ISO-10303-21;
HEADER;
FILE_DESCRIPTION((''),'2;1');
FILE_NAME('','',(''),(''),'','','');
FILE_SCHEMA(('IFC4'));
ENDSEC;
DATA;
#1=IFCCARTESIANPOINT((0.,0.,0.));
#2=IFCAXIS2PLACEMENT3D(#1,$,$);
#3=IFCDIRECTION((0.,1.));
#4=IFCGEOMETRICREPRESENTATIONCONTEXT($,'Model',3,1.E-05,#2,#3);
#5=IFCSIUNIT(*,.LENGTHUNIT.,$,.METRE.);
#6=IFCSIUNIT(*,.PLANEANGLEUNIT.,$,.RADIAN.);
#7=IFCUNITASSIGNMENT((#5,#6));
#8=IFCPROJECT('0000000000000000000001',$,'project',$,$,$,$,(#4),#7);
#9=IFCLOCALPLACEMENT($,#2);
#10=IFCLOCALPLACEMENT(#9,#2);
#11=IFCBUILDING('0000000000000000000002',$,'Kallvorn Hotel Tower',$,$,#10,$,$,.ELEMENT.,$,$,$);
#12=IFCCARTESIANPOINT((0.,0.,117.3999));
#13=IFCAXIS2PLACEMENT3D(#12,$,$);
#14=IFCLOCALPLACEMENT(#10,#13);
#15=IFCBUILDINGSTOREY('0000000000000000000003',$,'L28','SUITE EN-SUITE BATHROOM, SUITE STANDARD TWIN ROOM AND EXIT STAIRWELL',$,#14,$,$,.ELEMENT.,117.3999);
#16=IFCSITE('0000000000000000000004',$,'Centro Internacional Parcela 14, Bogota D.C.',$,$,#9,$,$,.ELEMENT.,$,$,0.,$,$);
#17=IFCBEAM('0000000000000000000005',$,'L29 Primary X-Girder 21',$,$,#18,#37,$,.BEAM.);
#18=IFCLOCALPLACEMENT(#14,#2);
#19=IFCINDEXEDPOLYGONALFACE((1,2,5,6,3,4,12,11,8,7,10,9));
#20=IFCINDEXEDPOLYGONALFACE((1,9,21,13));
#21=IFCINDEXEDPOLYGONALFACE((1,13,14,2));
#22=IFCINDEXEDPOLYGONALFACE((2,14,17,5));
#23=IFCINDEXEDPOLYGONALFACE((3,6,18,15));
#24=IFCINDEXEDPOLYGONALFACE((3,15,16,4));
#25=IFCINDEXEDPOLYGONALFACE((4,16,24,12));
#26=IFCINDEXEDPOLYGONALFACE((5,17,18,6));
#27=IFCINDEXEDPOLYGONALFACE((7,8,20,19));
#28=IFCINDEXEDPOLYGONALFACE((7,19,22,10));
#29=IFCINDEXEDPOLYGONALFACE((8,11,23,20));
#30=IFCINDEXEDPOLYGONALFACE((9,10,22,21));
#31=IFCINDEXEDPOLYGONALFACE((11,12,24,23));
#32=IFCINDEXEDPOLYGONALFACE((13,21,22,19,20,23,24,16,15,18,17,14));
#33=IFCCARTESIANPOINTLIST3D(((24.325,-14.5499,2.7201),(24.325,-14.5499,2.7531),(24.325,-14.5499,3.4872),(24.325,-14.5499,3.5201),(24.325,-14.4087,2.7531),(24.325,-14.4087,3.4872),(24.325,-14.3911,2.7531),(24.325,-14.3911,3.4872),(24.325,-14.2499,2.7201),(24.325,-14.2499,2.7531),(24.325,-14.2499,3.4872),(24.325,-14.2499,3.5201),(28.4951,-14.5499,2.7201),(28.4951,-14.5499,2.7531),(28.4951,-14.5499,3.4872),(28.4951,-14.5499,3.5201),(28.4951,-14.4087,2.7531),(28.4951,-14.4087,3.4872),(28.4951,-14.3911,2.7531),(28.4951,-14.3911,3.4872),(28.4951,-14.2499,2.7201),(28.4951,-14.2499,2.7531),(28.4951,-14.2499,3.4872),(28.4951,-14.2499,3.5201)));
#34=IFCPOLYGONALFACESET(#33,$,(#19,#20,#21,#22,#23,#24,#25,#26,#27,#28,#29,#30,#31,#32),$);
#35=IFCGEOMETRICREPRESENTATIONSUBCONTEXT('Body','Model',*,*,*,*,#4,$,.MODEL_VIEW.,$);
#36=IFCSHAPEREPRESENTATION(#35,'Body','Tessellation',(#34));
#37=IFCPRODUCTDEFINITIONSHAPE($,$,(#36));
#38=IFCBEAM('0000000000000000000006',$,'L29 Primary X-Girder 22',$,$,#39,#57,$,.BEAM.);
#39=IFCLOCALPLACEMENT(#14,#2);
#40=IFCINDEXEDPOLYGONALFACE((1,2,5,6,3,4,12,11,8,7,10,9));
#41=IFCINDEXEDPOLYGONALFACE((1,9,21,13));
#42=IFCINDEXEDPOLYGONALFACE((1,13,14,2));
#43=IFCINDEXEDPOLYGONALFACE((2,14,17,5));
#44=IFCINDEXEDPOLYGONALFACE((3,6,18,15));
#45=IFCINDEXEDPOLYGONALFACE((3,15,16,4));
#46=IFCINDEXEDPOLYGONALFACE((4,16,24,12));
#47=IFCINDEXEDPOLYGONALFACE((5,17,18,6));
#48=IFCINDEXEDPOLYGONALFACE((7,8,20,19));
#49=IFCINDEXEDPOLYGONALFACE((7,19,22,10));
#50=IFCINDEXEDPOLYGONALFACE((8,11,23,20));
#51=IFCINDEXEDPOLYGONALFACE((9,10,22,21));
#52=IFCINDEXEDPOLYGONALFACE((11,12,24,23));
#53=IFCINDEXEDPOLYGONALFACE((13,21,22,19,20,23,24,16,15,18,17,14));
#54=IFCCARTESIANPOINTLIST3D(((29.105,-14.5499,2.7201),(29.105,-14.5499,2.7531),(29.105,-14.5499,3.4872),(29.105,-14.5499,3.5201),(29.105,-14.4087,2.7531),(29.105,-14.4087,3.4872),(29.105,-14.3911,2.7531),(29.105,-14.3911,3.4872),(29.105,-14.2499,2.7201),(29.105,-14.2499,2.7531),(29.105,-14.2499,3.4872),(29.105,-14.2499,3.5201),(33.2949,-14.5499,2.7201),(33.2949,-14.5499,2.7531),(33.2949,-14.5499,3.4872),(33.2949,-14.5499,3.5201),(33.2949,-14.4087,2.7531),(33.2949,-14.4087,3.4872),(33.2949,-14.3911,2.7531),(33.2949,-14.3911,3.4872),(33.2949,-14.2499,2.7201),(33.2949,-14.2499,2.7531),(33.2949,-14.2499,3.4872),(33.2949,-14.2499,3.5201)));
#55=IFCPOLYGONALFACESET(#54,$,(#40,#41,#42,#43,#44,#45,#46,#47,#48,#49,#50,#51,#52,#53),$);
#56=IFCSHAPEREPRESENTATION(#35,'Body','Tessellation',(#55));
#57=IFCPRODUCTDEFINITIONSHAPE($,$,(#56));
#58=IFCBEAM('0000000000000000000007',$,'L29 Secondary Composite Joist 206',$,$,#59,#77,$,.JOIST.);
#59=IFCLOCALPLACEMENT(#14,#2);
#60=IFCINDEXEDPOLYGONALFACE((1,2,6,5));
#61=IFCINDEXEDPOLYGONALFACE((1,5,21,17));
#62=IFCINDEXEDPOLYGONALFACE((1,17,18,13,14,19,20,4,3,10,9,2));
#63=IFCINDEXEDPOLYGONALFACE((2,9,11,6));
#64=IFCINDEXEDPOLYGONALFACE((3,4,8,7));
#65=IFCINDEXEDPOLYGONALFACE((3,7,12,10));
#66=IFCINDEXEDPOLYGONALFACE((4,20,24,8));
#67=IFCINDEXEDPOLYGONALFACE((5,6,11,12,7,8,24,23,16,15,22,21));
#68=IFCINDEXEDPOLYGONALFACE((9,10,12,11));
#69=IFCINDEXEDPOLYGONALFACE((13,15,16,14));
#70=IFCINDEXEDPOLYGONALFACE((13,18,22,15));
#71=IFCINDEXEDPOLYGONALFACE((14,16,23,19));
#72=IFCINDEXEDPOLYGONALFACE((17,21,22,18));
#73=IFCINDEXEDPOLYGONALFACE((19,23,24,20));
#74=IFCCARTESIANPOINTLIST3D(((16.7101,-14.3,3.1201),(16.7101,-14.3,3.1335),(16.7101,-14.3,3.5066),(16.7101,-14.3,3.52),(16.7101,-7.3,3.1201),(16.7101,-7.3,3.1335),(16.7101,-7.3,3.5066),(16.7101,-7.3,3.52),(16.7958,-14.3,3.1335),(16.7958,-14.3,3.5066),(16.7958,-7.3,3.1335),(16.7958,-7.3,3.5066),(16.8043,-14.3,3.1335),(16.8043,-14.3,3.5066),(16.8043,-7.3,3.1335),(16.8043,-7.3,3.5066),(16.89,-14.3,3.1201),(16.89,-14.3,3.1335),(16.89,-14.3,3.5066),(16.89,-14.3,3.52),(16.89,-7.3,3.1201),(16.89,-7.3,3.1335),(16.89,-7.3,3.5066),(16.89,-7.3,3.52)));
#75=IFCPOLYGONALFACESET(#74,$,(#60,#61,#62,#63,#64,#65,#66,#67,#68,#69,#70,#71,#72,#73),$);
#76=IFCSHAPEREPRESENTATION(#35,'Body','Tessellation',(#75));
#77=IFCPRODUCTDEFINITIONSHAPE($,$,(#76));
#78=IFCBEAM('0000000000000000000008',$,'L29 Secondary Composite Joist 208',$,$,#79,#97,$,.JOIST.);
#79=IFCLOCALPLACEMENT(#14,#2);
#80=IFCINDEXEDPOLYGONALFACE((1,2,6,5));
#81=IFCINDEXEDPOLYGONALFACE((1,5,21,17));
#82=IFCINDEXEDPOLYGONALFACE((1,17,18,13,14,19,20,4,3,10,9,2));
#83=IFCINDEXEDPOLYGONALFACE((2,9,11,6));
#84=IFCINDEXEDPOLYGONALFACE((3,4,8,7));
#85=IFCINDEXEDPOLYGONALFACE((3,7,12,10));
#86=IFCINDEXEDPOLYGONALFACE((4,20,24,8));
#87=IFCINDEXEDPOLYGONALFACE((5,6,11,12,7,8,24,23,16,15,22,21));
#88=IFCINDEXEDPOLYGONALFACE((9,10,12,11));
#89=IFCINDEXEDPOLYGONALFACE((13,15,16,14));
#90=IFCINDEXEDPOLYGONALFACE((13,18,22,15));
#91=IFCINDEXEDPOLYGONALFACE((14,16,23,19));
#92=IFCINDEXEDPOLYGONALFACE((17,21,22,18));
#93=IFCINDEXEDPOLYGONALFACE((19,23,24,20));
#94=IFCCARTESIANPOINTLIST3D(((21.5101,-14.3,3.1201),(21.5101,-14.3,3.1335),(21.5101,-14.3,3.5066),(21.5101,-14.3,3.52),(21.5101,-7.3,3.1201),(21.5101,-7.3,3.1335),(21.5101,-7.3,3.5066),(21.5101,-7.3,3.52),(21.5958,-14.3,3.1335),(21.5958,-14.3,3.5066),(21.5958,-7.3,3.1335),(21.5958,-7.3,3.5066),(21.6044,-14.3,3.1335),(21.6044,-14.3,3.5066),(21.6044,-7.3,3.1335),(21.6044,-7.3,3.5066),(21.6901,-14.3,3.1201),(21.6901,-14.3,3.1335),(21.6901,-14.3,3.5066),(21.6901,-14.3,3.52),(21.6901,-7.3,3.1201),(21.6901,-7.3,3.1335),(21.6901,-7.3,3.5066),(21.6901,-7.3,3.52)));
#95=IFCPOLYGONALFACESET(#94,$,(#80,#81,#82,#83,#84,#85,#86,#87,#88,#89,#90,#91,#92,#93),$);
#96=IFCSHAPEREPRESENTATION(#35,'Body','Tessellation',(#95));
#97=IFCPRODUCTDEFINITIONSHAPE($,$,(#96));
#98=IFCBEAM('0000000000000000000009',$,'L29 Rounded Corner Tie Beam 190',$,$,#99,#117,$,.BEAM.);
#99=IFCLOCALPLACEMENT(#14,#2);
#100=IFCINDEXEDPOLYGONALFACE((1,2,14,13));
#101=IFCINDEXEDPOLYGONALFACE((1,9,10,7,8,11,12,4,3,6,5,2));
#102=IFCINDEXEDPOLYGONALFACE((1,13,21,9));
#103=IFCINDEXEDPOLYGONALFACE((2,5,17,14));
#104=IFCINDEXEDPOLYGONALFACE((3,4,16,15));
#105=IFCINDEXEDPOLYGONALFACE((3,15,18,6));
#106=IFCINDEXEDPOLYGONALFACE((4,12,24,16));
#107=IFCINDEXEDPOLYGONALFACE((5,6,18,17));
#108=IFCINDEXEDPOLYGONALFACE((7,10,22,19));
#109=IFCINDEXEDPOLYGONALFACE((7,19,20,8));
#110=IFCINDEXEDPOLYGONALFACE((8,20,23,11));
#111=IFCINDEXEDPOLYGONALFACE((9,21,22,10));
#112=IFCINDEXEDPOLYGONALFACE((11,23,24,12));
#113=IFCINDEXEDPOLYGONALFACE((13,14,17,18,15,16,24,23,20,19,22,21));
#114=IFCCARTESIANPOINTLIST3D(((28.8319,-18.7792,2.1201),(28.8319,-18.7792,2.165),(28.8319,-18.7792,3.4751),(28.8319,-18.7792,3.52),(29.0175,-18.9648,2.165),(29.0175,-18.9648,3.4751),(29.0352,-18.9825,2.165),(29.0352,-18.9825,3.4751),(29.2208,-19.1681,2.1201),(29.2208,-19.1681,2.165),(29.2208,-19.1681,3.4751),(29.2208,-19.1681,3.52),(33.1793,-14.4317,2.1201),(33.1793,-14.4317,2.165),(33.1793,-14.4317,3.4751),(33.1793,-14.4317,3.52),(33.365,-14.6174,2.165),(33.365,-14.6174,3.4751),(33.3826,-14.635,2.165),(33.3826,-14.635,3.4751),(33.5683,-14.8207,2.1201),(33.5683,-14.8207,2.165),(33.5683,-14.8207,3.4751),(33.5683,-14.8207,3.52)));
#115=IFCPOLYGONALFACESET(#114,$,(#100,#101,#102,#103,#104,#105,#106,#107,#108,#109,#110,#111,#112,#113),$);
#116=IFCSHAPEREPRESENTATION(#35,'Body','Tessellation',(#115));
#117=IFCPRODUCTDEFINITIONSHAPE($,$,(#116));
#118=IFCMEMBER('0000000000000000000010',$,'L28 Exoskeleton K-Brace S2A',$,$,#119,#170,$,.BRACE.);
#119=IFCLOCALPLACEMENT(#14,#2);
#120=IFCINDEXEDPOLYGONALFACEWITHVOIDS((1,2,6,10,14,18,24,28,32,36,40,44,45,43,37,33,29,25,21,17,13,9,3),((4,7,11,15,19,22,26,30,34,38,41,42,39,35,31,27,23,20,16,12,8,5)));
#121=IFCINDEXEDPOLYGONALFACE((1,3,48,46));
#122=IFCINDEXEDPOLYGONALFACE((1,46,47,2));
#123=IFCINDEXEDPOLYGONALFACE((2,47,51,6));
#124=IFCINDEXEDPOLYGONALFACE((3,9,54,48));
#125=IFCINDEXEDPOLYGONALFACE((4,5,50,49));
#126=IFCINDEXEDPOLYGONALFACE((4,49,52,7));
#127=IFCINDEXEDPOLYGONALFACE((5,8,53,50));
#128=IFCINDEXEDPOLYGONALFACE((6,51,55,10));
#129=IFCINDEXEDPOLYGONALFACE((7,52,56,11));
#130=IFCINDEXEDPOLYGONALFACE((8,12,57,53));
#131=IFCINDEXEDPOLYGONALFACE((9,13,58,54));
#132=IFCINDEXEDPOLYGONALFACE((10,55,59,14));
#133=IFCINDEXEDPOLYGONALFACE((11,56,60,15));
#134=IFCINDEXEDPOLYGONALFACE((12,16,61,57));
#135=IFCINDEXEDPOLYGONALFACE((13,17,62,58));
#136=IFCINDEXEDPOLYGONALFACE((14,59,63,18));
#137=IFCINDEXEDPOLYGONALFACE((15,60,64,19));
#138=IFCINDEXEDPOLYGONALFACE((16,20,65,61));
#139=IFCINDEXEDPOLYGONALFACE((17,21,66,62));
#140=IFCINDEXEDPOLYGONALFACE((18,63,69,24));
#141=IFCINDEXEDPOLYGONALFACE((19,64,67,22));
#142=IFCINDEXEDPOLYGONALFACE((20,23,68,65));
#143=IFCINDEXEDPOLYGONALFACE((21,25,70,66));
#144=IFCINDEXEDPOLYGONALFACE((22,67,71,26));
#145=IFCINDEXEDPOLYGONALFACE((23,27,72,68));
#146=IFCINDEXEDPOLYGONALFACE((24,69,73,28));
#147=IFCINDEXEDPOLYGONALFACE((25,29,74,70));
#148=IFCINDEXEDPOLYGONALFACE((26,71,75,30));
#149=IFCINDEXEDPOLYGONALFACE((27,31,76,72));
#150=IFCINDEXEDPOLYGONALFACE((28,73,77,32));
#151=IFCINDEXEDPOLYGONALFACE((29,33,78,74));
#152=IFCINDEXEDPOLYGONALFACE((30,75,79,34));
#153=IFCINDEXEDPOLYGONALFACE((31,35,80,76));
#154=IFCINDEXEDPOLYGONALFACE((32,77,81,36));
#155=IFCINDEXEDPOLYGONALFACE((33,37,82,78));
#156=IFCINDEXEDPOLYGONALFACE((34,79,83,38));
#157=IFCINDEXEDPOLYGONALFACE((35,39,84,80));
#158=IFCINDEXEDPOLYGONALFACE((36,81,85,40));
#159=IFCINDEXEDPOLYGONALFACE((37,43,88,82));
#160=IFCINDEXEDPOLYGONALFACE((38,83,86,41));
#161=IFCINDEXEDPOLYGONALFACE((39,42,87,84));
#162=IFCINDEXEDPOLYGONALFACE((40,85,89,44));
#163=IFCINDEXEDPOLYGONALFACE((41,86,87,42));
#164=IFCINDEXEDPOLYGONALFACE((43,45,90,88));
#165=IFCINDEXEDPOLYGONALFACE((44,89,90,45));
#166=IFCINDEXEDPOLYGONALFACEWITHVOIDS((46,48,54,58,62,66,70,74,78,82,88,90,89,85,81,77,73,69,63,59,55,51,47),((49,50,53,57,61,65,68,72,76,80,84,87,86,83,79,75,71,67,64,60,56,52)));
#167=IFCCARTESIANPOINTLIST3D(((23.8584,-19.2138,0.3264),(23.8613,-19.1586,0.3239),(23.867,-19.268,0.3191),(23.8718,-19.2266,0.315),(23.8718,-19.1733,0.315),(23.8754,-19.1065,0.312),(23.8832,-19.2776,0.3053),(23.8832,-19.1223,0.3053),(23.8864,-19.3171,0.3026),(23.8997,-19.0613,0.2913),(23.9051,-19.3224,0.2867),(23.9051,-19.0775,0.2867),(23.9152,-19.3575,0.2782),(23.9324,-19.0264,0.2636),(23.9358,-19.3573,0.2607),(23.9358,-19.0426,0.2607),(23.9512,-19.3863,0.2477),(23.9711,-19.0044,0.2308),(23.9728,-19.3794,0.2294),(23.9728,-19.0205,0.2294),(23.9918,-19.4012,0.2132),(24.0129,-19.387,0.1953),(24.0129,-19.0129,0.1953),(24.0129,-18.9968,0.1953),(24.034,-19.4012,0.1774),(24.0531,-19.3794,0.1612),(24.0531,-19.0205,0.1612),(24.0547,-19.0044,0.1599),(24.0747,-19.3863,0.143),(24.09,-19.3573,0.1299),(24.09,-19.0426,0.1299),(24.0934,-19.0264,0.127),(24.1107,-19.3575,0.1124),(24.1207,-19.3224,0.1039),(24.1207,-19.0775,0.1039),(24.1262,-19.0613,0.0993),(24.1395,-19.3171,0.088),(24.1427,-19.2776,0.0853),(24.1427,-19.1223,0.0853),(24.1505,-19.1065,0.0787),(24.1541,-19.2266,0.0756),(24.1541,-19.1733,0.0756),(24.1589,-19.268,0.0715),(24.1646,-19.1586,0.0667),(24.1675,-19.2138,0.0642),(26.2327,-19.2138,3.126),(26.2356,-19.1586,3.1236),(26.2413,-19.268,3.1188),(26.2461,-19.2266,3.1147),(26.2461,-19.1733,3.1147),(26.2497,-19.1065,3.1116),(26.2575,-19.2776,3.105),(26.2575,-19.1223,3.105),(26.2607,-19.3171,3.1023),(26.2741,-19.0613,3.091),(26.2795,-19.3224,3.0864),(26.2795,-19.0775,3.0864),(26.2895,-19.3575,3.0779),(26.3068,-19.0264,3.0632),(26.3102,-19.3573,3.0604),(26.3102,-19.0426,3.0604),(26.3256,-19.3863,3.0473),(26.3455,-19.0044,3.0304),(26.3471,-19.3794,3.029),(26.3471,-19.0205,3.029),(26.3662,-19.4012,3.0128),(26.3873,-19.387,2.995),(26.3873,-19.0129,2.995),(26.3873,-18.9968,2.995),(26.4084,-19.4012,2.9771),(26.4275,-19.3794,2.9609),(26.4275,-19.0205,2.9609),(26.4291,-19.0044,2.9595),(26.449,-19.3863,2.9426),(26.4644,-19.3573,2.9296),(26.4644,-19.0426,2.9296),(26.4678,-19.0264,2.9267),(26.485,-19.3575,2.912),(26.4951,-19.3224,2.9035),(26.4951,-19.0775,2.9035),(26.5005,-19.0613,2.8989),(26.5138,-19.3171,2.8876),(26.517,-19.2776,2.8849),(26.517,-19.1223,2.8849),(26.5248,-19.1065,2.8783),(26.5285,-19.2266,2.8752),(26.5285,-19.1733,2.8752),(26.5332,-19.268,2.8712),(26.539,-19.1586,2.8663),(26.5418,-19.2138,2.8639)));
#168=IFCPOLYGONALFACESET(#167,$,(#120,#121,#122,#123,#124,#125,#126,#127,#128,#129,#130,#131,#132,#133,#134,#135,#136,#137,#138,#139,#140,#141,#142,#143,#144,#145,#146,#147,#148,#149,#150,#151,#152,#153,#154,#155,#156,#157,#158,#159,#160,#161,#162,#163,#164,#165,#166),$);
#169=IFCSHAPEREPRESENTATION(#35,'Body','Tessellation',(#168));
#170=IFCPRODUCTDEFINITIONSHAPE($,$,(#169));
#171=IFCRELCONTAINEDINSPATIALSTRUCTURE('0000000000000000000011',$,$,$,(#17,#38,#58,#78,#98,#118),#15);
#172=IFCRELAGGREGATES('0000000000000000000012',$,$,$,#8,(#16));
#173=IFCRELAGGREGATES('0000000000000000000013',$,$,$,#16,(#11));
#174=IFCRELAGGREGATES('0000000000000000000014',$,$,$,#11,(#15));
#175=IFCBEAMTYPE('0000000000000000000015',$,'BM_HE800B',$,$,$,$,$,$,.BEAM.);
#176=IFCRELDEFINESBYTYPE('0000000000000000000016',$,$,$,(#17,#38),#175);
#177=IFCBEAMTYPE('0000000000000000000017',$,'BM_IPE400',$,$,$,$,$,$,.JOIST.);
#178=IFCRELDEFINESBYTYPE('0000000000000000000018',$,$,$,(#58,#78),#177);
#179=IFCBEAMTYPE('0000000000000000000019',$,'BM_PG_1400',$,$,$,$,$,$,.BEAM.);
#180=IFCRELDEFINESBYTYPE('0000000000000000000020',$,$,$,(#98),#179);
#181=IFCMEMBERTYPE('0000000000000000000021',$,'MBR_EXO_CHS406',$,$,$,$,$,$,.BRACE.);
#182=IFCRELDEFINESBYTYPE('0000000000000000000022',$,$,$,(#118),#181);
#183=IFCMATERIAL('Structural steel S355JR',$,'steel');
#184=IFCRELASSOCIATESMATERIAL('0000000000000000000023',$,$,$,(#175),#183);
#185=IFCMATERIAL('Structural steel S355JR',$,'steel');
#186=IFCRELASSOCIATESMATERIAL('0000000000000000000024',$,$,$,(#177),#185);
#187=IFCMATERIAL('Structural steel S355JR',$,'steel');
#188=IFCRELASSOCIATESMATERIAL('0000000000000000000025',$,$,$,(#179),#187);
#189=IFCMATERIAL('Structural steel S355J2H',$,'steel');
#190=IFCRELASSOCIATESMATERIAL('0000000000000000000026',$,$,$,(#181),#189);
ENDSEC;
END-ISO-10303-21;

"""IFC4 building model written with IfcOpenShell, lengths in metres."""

from ifc_helpers import new_model, si_unit, direction, frame, origin, origin_2d, place, context, subcontext, project, spatial, hollow_circle, i_section, extrude, material, material_profile, profile_set, type_object, element, save


model = new_model("IFC4")

# Units and contexts
model_context = context("Model", 3, precision=1e-05, world=origin(), true_north=direction((0.0, 1.0)))
body_context = subcontext(model_context, "Body", "Model", "MODEL_VIEW")
ifc_project = project(units=[si_unit("LENGTHUNIT", "METRE"), si_unit("PLANEANGLEUNIT", "RADIAN")], contexts=[model_context])

# Site, building, storey
site_placement = place(None, origin())
site = spatial("IfcSite", under=ifc_project, at=site_placement, Name="Centro Internacional Parcela 14, Bogota D.C.", CompositionType="ELEMENT", RefElevation=0.0)
building_placement = place(site_placement, origin())
building = spatial("IfcBuilding", under=site, at=building_placement, Name="Kallvorn Hotel Tower", CompositionType="ELEMENT")
storey_placement = place(building_placement, frame((0.0, 0.0, 117.3999)))
storey = spatial("IfcBuildingStorey", under=building, at=storey_placement, Name="L28", Description="SUITE EN-SUITE BATHROOM, SUITE STANDARD TWIN ROOM AND EXIT STAIRWELL", CompositionType="ELEMENT", Elevation=117.3999)

# Beams
ifc_material_1 = material(Name="Structural steel S355JR", Category="steel")
ifc_material_profile_1 = material_profile(ifc_material_1, i_section(OverallWidth=0.3, OverallDepth=0.8, WebThickness=0.0176, FlangeThickness=0.033, at=origin_2d()), Name="HE 800 B")
ifc_profile_set_1 = profile_set([ifc_material_profile_1], Name="Structural steel S355JR")
beam_type_1 = type_object("IfcBeamType", Name="BM_HE800B", PredefinedType="BEAM", material=ifc_profile_set_1)
for number, where, z_axis, x_axis, name in (
    (1, (24.325, -14.3999, 3.1201), (1.0, 0.0, 0.0), (0.0, 1.0, 0.0), "L29 Primary X-Girder 21"),
):
    element("IfcBeam", number, at=place(storey_placement, frame(where, z_axis=z_axis, x_axis=x_axis)), inside=storey, type_object=beam_type_1, Name=name, PredefinedType="BEAM", context=body_context, shape_type="SweptSolid", body=[
        extrude(i_section(OverallWidth=0.3, OverallDepth=0.8, WebThickness=0.0176, FlangeThickness=0.033, at=origin_2d()), origin(), (0.0, 0.0, 1.0), 4.1702),
    ])
beam_1_placement = place(storey_placement, frame((29.105, -14.3999, 3.1201), z_axis=(1.0, 0.0, 0.0), x_axis=(0.0, 1.0, 0.0)))
element("IfcBeam", 2, at=beam_1_placement, inside=storey, type_object=beam_type_1, Name="L29 Primary X-Girder 22", PredefinedType="BEAM", context=body_context, shape_type="SweptSolid", body=[
    extrude(i_section(OverallWidth=0.3, OverallDepth=0.8, WebThickness=0.0176, FlangeThickness=0.033, at=origin_2d()), origin(), (0.0, 0.0, 1.0), 4.1899),
])
ifc_material_2 = material(Name="Structural steel S355JR", Category="steel")
ifc_material_profile_2 = material_profile(ifc_material_2, i_section(OverallWidth=0.1799, OverallDepth=0.3999, WebThickness=0.0085, FlangeThickness=0.0134, at=origin_2d()), Name="IPE 400")
ifc_profile_set_2 = profile_set([ifc_material_profile_2], Name="Structural steel S355JR")
beam_type_2 = type_object("IfcBeamType", Name="BM_IPE400", PredefinedType="JOIST", material=ifc_profile_set_2)
for number, where, z_axis, x_axis, name in (
    (3, (16.8, -14.3, 3.3201), (0.0, 1.0, 0.0), (-1.0, 0.0, 0.0), "L29 Secondary Composite Joist 206"),
    (4, (21.6001, -14.3, 3.3201), (0.0, 1.0, 0.0), (-1.0, 0.0, 0.0), "L29 Secondary Composite Joist 208"),
):
    element("IfcBeam", number, at=place(storey_placement, frame(where, z_axis=z_axis, x_axis=x_axis)), inside=storey, type_object=beam_type_2, Name=name, PredefinedType="JOIST", context=body_context, shape_type="SweptSolid", body=[
        extrude(i_section(OverallWidth=0.1799, OverallDepth=0.3999, WebThickness=0.0085, FlangeThickness=0.0134, at=origin_2d()), origin(), (0.0, 0.0, 1.0), 7.0),
    ])
ifc_material_3 = material(Name="Structural steel S355JR", Category="steel")
ifc_material_profile_3 = material_profile(ifc_material_3, i_section(OverallWidth=0.55, OverallDepth=1.3999, WebThickness=0.0249, FlangeThickness=0.0449, at=origin_2d()), Name="PG 1400x550x25x45")
ifc_profile_set_3 = profile_set([ifc_material_profile_3], Name="Structural steel S355JR")
beam_type_3 = type_object("IfcBeamType", Name="BM_PG_1400", PredefinedType="BEAM", material=ifc_profile_set_3)
beam_2_placement = place(storey_placement, frame((33.3738, -14.6262, 2.8201), z_axis=(-0.707107, -0.707107, 0.0), x_axis=(0.707107, -0.707107, 0.0)))
element("IfcBeam", 5, at=beam_2_placement, inside=storey, type_object=beam_type_3, Name="L29 Rounded Corner Tie Beam 190", PredefinedType="BEAM", context=body_context, shape_type="SweptSolid", body=[
    extrude(i_section(OverallWidth=0.55, OverallDepth=1.3999, WebThickness=0.0249, FlangeThickness=0.0449, at=origin_2d()), origin(), (0.0, 0.0, 1.0), 6.1482),
])

# Member
ifc_material_4 = material(Name="Structural steel S355J2H", Category="steel")
ifc_material_profile_4 = material_profile(ifc_material_4, hollow_circle(Radius=0.2031, WallThickness=0.0161, at=origin_2d()), Name="CHS 406.4x16")
ifc_profile_set_4 = profile_set([ifc_material_profile_4], Name="Structural steel S355J2H")
member_type = type_object("IfcMemberType", Name="MBR_EXO_CHS406", PredefinedType="BRACE", material=ifc_profile_set_4)
for number, where, z_axis, x_axis, name in (
    (6, (24.0129, -19.2, 0.1953), (0.6468, 0.0, 0.762659), (0.0, 1.0, 0.0), "L28 Exoskeleton K-Brace S2A"),
):
    element("IfcMember", number, at=place(storey_placement, frame(where, z_axis=z_axis, x_axis=x_axis)), inside=storey, type_object=member_type, Name=name, PredefinedType="BRACE", context=body_context, shape_type="SweptSolid", body=[
        extrude(hollow_circle(Radius=0.2031, WallThickness=0.0161, at=origin_2d()), origin(), (0.0, 0.0, 1.0), 3.6709),
    ])

save(model, "model.ifc")
